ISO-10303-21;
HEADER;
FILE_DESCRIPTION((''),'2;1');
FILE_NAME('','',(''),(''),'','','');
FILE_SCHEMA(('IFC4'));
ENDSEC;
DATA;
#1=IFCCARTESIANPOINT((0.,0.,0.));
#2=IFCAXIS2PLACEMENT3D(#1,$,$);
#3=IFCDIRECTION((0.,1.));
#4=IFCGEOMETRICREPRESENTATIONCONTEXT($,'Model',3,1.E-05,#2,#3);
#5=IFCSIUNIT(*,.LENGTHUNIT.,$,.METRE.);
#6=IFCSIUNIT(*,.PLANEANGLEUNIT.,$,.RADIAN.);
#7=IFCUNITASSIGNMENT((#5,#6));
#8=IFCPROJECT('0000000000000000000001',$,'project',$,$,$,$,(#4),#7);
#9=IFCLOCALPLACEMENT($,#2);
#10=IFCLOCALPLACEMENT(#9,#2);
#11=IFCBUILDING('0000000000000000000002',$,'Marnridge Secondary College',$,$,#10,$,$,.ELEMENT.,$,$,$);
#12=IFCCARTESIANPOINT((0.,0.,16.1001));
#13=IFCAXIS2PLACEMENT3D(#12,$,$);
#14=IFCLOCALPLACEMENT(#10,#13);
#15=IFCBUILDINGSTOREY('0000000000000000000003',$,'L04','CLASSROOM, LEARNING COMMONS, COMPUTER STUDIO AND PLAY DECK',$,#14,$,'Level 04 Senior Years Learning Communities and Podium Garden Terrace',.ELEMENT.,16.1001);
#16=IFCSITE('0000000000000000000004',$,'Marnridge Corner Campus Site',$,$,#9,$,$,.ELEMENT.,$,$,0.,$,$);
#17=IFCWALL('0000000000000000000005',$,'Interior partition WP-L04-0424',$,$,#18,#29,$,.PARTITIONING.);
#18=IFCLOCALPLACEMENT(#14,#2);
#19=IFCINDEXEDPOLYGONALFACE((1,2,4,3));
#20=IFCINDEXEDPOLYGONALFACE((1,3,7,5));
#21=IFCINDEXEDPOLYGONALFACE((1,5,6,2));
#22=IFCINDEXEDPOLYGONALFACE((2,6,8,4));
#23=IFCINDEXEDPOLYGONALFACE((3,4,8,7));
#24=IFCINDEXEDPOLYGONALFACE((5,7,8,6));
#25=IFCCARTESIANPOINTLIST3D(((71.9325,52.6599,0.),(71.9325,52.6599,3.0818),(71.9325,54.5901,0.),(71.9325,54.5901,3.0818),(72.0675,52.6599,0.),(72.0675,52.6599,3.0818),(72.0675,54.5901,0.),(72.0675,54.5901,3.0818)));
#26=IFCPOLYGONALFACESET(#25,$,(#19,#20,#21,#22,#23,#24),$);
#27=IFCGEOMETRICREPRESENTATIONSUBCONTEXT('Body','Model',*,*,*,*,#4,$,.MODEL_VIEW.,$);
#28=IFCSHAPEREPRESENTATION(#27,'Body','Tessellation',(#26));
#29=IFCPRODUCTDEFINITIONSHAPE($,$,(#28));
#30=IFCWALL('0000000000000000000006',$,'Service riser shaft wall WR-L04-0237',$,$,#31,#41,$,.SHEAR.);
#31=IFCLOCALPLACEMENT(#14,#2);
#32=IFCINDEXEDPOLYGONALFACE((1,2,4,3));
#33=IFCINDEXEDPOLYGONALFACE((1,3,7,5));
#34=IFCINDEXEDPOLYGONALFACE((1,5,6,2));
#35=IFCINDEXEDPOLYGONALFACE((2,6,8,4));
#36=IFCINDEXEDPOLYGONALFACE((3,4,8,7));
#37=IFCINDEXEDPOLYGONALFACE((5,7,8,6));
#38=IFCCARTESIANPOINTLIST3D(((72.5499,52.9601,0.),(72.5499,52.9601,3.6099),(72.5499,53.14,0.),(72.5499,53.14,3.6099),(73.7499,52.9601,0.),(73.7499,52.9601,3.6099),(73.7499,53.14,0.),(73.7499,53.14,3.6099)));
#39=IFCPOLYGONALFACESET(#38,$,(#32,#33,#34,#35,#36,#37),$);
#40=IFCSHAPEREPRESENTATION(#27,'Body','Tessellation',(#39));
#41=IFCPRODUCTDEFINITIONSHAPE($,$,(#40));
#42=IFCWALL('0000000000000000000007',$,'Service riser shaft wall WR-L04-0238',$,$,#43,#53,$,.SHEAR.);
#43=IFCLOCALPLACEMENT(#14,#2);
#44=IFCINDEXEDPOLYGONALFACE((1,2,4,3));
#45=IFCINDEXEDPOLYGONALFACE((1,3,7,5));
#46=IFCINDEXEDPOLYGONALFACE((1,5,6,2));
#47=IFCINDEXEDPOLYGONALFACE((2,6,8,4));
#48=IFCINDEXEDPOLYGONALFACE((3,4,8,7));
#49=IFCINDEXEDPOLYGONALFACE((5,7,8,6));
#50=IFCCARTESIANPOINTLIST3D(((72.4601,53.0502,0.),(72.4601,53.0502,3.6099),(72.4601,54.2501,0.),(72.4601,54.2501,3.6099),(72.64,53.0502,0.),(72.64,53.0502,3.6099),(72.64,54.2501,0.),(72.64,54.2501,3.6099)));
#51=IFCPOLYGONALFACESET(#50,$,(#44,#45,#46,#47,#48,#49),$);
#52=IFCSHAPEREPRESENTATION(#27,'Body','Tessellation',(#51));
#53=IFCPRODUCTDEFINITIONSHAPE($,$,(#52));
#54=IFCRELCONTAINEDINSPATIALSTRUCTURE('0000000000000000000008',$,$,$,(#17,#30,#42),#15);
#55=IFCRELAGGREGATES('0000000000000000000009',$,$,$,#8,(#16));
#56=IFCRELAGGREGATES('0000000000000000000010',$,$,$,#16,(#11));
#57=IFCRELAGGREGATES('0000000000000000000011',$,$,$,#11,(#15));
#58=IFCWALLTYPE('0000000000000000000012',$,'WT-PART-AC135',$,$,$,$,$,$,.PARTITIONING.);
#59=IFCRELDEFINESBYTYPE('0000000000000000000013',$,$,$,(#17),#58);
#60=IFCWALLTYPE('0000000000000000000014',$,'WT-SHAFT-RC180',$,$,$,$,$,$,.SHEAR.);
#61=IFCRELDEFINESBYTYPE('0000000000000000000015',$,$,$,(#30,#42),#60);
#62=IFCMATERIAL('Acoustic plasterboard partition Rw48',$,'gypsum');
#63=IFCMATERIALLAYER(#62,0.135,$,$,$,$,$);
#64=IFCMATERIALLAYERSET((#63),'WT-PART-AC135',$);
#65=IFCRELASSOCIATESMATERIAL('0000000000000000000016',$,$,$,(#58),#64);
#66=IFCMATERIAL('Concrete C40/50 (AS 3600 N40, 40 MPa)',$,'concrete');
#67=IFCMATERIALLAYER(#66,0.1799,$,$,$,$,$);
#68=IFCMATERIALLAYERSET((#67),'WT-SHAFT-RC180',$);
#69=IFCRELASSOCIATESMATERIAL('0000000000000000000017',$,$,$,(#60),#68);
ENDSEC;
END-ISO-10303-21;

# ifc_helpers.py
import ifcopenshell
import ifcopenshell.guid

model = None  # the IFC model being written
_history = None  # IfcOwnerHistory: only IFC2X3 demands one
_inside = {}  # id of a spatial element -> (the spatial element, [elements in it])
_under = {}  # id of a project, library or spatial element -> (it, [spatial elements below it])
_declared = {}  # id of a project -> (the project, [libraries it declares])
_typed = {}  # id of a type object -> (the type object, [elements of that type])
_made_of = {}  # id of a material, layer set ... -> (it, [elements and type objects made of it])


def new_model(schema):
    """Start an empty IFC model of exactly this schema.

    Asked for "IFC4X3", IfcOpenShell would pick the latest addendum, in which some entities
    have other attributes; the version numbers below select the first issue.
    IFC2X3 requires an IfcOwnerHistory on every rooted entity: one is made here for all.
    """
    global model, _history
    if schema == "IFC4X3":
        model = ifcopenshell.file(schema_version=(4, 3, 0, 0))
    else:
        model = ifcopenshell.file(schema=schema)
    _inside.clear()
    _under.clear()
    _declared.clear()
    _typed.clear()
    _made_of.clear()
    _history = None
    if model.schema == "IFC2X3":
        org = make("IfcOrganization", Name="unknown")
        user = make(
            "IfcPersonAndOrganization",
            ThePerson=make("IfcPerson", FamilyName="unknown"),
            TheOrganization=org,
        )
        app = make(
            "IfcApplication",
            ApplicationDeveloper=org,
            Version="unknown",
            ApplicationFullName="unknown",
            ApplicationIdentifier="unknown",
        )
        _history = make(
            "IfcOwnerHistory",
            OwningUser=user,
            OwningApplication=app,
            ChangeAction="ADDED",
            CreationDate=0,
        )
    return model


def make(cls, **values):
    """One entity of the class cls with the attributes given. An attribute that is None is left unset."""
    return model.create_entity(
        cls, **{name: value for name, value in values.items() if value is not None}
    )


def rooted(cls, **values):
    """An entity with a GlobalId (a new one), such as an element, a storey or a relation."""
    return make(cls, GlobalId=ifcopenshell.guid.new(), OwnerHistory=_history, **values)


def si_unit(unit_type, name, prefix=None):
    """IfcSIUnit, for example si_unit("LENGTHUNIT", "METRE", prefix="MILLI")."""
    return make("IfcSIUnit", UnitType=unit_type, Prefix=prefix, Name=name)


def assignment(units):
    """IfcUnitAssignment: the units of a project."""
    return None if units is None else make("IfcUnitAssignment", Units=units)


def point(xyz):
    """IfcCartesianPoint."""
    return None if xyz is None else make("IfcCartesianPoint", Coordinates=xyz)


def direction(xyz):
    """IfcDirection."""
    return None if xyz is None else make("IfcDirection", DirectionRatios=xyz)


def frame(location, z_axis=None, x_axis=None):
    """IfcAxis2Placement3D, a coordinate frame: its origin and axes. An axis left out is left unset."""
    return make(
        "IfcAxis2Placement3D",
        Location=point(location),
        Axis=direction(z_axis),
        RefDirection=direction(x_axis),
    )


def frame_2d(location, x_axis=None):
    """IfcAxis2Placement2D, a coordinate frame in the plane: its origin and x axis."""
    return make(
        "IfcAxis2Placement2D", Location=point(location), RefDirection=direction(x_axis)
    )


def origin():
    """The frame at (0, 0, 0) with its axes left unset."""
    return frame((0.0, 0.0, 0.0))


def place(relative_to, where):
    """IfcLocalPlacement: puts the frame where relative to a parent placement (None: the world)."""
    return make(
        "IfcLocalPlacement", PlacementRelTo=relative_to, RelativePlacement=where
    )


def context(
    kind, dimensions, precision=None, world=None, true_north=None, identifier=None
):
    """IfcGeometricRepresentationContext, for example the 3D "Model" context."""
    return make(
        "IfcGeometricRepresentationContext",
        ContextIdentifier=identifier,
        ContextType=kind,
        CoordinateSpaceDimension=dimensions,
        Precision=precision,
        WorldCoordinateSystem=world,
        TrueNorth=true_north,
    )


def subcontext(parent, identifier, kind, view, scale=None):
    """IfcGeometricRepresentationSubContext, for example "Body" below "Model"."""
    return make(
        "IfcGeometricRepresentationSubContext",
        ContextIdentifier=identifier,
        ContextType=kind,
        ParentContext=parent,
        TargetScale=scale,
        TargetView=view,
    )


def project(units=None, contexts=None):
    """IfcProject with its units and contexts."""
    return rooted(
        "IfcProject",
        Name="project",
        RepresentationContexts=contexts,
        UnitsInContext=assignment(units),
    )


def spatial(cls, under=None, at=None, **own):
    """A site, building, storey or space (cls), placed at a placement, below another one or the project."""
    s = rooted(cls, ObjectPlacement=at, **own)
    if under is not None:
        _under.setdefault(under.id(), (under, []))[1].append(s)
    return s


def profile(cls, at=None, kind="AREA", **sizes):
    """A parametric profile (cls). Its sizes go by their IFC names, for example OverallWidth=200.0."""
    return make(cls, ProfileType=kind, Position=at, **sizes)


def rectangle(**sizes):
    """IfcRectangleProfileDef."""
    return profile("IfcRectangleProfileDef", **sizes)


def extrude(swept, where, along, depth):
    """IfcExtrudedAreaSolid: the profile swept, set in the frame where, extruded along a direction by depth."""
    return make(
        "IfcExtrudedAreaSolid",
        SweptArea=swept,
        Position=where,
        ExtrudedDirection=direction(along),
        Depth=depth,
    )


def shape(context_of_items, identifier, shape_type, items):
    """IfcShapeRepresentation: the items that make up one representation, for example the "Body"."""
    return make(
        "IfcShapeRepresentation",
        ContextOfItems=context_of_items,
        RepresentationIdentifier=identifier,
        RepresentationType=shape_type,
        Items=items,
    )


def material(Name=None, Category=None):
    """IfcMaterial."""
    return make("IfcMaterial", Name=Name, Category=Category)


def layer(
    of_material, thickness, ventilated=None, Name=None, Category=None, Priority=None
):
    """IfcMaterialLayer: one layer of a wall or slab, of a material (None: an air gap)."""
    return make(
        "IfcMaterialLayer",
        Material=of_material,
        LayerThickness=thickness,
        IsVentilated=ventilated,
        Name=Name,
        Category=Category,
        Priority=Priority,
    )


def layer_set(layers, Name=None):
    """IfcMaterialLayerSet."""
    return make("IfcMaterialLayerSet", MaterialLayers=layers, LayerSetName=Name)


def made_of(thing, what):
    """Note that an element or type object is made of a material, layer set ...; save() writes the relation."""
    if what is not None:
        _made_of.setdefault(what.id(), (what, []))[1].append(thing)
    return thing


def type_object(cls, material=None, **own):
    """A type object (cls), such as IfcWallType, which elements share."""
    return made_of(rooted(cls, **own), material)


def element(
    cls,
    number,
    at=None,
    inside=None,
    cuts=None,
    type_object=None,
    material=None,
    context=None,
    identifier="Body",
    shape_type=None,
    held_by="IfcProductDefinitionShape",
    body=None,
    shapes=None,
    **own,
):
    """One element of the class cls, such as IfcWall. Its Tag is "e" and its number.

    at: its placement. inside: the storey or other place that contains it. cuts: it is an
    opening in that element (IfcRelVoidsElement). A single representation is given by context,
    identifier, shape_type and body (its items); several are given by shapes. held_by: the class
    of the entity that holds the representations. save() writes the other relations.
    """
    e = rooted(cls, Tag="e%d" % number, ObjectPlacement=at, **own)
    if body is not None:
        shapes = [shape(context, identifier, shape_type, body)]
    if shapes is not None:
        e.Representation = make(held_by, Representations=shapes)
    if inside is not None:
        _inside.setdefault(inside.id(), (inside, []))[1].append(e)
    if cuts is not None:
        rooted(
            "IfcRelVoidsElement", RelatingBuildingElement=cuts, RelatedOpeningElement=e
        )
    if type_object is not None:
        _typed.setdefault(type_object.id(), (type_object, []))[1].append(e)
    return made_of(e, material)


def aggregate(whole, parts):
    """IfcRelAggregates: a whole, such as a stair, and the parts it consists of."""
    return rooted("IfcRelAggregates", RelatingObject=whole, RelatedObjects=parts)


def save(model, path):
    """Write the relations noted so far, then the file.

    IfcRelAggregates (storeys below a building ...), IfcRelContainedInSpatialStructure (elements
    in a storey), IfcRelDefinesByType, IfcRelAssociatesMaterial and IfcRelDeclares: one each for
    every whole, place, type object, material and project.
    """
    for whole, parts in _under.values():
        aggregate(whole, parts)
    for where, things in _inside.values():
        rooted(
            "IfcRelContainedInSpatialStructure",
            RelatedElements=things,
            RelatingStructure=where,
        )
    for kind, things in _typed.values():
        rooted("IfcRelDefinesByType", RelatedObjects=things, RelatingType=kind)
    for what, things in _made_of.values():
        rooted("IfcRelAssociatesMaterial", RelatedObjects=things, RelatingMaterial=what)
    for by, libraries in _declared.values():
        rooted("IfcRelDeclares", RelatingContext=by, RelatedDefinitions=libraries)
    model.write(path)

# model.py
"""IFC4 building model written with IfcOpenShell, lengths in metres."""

from ifc_helpers import new_model, si_unit, direction, frame, frame_2d, origin, place, context, subcontext, project, spatial, rectangle, extrude, material, layer, layer_set, type_object, element, save


model = new_model("IFC4")

# Units and contexts
model_context = context("Model", 3, precision=1e-05, world=origin(), true_north=direction((0.0, 1.0)))
body_context = subcontext(model_context, "Body", "Model", "MODEL_VIEW")
ifc_project = project(units=[si_unit("LENGTHUNIT", "METRE"), si_unit("PLANEANGLEUNIT", "RADIAN")], contexts=[model_context])

# Site, building, storey
site_placement = place(None, origin())
site = spatial("IfcSite", under=ifc_project, at=site_placement, Name="Marnridge Corner Campus Site", CompositionType="ELEMENT", RefElevation=0.0)
building_placement = place(site_placement, origin())
building = spatial("IfcBuilding", under=site, at=building_placement, Name="Marnridge Secondary College", CompositionType="ELEMENT")
storey_placement = place(building_placement, frame((0.0, 0.0, 16.1001)))
storey = spatial("IfcBuildingStorey", under=building, at=storey_placement, Name="L04", Description="CLASSROOM, LEARNING COMMONS, COMPUTER STUDIO AND PLAY DECK", LongName="Level 04 Senior Years Learning Communities and Podium Garden Terrace", CompositionType="ELEMENT", Elevation=16.1001)

# Walls
ifc_material_1 = material(Name="Acoustic plasterboard partition Rw48", Category="gypsum")
ifc_layer_1 = layer(ifc_material_1, 0.135)
ifc_layer_set_1 = layer_set([ifc_layer_1], Name="WT-PART-AC135")
wall_type_1 = type_object("IfcWallType", Name="WT-PART-AC135", PredefinedType="PARTITIONING", material=ifc_layer_set_1)
wall_1_placement = place(storey_placement, frame((72.0, 52.6599, 0.0), z_axis=(0.0, 0.0, 1.0), x_axis=(0.0, 1.0, 0.0)))
element("IfcWall", 1, at=wall_1_placement, inside=storey, type_object=wall_type_1, Name="Interior partition WP-L04-0424", PredefinedType="PARTITIONING", context=body_context, shape_type="SweptSolid", body=[
    extrude(rectangle(XDim=1.9302, YDim=0.135, at=frame_2d((0.9651, 0.0))), origin(), (0.0, 0.0, 1.0), 3.0818),
])
ifc_material_2 = material(Name="Concrete C40/50 (AS 3600 N40, 40 MPa)", Category="concrete")
ifc_layer_2 = layer(ifc_material_2, 0.1799)
ifc_layer_set_2 = layer_set([ifc_layer_2], Name="WT-SHAFT-RC180")
wall_type_2 = type_object("IfcWallType", Name="WT-SHAFT-RC180", PredefinedType="SHEAR", material=ifc_layer_set_2)
for number, where, z_axis, x_axis, name in (
    (2, (73.75, 53.05, 0.0), (0.0, 0.0, 1.0), (-1.0, 0.0, 0.0), "Service riser shaft wall WR-L04-0237"),
    (3, (72.55, 53.05, 0.0), (0.0, 0.0, 1.0), (0.0, 1.0, 0.0), "Service riser shaft wall WR-L04-0238"),
):
    element("IfcWall", number, at=place(storey_placement, frame(where, z_axis=z_axis, x_axis=x_axis)), inside=storey, type_object=wall_type_2, Name=name, PredefinedType="SHEAR", context=body_context, shape_type="SweptSolid", body=[
        extrude(rectangle(XDim=1.2, YDim=0.1799, at=frame_2d((0.6001, 0.0))), origin(), (0.0, 0.0, 1.0), 3.6099),
    ])

save(model, "model.ifc")
